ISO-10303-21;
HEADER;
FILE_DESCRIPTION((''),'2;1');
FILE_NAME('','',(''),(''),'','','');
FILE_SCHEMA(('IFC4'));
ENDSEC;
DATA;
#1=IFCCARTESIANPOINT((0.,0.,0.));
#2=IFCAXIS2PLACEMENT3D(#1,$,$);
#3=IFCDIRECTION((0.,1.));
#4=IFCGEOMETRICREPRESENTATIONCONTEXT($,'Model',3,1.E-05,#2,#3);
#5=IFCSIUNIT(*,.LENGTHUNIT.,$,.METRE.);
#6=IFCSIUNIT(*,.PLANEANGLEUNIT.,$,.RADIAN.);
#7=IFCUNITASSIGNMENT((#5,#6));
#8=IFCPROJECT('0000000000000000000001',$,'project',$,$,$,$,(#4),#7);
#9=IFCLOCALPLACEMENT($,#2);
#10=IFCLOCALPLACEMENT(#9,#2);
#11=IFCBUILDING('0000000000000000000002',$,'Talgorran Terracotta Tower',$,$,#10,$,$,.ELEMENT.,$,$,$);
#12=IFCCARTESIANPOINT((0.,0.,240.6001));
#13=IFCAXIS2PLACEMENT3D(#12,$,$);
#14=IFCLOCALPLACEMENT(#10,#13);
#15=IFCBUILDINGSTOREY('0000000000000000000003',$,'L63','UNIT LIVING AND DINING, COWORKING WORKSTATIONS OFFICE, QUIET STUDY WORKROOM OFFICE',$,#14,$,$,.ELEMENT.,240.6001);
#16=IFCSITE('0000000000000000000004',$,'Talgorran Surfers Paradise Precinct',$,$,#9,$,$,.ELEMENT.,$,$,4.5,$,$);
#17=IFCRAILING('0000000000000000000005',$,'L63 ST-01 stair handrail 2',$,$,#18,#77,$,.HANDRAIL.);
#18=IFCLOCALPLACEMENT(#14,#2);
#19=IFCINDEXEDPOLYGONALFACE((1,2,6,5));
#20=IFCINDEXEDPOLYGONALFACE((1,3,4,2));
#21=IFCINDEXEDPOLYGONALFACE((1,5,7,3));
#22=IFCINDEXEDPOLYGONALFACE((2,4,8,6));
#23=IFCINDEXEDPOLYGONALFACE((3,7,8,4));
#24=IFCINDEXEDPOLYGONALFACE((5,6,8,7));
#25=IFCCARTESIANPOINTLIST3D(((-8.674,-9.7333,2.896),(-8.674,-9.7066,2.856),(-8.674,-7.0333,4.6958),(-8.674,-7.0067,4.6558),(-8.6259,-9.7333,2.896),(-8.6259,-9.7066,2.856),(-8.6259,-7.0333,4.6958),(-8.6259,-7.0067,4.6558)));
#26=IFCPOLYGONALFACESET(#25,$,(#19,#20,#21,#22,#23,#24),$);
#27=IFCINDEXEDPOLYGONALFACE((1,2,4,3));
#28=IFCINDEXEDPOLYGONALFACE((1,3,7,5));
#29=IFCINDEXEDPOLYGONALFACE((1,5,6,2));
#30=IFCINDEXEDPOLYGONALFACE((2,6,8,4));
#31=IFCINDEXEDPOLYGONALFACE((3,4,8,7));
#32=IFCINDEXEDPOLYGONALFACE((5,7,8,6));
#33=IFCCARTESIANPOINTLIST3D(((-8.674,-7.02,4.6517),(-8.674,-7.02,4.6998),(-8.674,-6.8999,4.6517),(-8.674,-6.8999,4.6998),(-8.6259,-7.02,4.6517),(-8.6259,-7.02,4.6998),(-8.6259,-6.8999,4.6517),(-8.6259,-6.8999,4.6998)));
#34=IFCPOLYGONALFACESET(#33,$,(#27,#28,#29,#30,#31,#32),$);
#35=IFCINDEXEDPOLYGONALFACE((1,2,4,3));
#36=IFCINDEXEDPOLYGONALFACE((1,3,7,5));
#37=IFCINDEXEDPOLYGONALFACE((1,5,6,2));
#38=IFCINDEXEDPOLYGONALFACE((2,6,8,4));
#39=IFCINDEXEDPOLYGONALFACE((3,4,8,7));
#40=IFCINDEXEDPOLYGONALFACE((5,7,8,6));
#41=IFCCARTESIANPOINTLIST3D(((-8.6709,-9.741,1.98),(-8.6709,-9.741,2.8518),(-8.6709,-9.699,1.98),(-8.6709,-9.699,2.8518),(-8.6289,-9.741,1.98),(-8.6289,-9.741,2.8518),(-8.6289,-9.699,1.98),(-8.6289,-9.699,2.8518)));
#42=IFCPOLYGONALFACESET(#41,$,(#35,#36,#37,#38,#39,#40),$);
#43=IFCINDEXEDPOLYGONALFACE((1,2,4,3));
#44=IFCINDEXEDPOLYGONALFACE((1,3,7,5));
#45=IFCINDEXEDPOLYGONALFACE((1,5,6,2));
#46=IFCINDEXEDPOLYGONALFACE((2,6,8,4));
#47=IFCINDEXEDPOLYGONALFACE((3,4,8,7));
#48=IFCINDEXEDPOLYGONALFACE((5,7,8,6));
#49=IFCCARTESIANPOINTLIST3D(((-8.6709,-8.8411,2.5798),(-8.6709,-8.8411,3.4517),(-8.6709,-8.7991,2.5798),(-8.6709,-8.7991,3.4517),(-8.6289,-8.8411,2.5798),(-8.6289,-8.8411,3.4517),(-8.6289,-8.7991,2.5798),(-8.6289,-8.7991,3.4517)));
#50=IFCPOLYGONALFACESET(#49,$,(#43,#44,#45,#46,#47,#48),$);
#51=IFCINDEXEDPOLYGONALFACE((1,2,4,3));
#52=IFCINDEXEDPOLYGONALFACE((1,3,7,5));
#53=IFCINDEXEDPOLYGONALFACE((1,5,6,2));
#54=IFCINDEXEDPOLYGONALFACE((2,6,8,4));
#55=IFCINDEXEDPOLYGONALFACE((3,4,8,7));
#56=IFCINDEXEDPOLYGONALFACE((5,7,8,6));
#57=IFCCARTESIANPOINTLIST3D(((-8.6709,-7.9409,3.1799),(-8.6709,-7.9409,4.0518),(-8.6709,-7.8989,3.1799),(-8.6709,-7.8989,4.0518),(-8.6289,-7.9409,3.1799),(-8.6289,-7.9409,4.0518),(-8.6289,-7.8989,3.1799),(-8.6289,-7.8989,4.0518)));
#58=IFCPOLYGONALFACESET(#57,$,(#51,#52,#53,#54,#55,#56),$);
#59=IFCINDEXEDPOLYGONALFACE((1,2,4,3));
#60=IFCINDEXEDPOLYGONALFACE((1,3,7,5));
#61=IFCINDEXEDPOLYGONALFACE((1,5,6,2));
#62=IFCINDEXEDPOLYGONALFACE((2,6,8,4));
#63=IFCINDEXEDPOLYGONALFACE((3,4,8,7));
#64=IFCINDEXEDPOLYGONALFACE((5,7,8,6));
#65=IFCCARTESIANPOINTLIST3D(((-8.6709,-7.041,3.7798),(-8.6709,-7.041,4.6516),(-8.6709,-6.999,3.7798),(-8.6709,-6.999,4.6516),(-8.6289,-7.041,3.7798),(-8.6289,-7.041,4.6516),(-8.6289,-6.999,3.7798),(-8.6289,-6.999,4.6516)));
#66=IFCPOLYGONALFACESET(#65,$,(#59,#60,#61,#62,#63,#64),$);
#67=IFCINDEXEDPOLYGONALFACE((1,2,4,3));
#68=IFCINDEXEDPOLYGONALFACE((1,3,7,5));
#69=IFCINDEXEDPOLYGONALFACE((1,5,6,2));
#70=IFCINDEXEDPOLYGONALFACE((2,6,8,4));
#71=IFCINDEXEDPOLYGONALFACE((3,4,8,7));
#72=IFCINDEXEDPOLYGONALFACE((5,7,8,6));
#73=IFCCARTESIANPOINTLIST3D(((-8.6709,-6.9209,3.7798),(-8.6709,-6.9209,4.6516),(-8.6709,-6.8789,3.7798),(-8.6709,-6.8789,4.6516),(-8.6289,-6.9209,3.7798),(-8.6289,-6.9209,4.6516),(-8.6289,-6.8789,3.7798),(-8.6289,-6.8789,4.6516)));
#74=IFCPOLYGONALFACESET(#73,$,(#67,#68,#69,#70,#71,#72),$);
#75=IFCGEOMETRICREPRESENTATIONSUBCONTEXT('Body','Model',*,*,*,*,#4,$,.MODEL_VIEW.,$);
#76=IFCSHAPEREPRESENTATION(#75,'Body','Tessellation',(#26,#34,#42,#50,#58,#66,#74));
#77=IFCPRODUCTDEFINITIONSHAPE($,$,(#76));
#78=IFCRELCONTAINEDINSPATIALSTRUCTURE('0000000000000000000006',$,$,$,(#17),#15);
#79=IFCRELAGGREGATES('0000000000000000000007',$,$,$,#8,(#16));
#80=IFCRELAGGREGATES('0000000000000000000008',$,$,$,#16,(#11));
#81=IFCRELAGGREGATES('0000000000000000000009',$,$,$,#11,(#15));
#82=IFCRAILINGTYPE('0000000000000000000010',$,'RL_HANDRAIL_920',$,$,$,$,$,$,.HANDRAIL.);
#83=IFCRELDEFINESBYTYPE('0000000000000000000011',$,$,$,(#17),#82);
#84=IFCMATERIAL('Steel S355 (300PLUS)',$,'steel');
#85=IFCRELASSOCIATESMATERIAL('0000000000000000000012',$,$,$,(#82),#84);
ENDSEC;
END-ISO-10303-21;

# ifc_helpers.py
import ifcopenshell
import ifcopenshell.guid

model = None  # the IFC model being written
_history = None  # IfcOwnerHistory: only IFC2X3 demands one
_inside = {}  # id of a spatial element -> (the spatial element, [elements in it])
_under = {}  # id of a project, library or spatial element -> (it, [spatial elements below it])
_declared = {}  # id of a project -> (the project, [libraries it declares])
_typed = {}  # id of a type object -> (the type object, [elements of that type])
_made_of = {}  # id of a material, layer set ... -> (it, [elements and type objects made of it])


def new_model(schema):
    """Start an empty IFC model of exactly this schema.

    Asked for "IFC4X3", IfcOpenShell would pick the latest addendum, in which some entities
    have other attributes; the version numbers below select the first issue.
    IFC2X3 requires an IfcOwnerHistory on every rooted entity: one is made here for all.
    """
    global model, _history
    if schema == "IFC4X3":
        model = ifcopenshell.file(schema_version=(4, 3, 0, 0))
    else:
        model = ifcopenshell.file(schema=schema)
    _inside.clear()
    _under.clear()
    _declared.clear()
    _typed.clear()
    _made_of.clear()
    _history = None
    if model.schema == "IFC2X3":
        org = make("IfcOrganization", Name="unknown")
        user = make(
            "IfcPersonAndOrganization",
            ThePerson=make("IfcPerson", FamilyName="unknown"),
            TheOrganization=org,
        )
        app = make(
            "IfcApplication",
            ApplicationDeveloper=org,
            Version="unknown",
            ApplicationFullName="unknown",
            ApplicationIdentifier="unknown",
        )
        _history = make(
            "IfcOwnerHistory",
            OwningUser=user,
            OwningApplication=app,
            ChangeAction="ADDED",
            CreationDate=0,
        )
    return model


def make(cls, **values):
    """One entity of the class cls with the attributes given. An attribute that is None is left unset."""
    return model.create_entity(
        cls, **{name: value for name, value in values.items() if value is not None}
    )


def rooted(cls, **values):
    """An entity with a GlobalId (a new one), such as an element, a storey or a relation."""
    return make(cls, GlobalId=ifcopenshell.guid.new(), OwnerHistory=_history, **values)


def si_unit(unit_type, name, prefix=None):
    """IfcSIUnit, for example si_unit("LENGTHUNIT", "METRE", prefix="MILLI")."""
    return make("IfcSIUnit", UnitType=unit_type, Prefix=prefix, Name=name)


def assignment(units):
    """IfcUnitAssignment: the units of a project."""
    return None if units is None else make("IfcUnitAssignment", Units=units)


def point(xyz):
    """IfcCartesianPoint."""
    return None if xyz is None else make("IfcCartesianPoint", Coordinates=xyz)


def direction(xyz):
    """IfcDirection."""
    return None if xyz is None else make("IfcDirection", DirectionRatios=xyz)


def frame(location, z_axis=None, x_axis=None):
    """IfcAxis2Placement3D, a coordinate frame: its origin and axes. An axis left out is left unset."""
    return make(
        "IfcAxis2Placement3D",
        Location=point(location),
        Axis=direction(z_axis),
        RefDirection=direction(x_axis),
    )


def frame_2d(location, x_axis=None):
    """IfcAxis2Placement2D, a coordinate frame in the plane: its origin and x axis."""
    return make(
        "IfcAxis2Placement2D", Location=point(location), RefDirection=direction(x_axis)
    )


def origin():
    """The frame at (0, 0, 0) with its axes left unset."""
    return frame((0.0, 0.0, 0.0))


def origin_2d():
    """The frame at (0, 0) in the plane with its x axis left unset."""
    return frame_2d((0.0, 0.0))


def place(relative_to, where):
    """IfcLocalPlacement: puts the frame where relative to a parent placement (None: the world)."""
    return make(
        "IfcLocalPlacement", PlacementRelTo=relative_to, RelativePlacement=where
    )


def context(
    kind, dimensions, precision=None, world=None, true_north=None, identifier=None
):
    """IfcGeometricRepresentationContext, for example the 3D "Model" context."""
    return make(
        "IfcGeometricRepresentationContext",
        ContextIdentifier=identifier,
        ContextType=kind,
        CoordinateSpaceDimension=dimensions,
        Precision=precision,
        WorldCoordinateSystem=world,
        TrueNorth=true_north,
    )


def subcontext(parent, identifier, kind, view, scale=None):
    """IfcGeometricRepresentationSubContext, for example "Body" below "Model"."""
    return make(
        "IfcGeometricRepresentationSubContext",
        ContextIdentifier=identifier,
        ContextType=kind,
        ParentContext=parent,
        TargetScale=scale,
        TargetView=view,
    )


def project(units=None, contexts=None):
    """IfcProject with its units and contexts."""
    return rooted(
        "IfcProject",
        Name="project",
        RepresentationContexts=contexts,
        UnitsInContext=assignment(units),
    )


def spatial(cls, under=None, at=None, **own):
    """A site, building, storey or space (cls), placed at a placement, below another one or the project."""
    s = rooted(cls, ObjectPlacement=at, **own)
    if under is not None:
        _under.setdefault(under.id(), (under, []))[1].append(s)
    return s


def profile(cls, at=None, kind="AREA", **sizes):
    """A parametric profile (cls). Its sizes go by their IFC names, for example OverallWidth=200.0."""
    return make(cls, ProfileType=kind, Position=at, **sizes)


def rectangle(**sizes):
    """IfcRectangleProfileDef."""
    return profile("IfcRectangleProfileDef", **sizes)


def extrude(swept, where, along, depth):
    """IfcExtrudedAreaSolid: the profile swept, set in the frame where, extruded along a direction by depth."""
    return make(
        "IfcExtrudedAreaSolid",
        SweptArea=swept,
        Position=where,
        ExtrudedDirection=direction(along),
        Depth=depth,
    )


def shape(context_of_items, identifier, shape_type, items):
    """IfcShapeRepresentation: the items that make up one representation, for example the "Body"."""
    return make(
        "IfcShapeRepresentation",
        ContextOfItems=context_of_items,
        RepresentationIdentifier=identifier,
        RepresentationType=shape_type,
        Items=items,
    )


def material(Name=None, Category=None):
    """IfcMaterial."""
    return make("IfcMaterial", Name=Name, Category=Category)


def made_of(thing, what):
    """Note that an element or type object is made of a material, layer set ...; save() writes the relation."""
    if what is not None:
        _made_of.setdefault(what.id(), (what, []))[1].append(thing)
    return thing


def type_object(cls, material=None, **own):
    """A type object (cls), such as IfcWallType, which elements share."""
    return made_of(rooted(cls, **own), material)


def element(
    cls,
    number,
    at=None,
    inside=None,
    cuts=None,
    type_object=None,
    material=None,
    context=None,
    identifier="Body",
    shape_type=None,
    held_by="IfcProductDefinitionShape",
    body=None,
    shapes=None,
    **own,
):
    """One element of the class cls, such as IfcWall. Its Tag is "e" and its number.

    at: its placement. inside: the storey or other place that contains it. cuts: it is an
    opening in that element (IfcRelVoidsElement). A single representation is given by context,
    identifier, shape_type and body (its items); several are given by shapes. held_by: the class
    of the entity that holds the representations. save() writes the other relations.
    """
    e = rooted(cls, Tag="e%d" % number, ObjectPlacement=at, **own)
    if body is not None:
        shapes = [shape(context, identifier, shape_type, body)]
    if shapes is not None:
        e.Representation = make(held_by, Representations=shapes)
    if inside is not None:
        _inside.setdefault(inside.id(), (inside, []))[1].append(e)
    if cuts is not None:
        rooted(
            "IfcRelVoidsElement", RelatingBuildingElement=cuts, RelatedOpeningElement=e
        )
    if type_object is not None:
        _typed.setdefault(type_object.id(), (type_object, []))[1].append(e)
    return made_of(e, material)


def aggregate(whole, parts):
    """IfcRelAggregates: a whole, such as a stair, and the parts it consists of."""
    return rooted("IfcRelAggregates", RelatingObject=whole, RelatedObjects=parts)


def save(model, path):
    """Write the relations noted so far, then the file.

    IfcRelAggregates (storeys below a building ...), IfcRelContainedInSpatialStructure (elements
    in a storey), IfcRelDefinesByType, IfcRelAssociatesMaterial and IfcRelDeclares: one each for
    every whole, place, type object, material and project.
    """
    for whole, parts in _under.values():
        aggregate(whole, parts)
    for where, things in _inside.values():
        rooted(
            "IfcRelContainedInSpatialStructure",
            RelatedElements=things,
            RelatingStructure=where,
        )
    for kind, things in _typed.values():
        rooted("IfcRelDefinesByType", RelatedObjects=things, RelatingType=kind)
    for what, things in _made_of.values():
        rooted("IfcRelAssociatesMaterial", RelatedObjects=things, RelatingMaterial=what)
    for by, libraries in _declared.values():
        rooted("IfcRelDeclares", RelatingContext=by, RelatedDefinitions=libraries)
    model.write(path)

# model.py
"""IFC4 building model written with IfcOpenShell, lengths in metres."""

from ifc_helpers import new_model, si_unit, direction, frame, origin, origin_2d, place, context, subcontext, project, spatial, rectangle, extrude, material, type_object, element, save


model = new_model("IFC4")

# Units and contexts
model_context = context("Model", 3, precision=1e-05, world=origin(), true_north=direction((0.0, 1.0)))
body_context = subcontext(model_context, "Body", "Model", "MODEL_VIEW")
ifc_project = project(units=[si_unit("LENGTHUNIT", "METRE"), si_unit("PLANEANGLEUNIT", "RADIAN")], contexts=[model_context])

# Site, building, storey
site_placement = place(None, origin())
site = spatial("IfcSite", under=ifc_project, at=site_placement, Name="Talgorran Surfers Paradise Precinct", CompositionType="ELEMENT", RefElevation=4.5)
building_placement = place(site_placement, origin())
building = spatial("IfcBuilding", under=site, at=building_placement, Name="Talgorran Terracotta Tower", CompositionType="ELEMENT")
storey_placement = place(building_placement, frame((0.0, 0.0, 240.6001)))
storey = spatial("IfcBuildingStorey", under=building, at=storey_placement, Name="L63", Description="UNIT LIVING AND DINING, COWORKING WORKSTATIONS OFFICE, QUIET STUDY WORKROOM OFFICE", CompositionType="ELEMENT", Elevation=240.6001)

# Shared definitions
ifc_material_1 = material(Name="Steel S355 (300PLUS)", Category="steel")

# Railing
railing_type = type_object("IfcRailingType", Name="RL_HANDRAIL_920", PredefinedType="HANDRAIL", material=ifc_material_1)
railing_placement = place(storey_placement, frame((-8.6499, -9.72, 1.98)))
element("IfcRailing", 1, at=railing_placement, inside=storey, type_object=railing_type, Name="L63 ST-01 stair handrail 2", PredefinedType="HANDRAIL", context=body_context, shape_type="SweptSolid", body=[
    extrude(rectangle(XDim=0.0481, YDim=0.0481, at=origin_2d()), frame((0.0, 0.0, 0.896), z_axis=(0.0, 0.832073, 0.554665), x_axis=(-1.0, 0.0, 0.0)), (0.0, 0.0, 1.0), 3.2449),
    extrude(rectangle(XDim=0.0481, YDim=0.0481, at=origin_2d()), frame((0.0, 2.7, 2.6958), z_axis=(0.0, 1.0, 0.0), x_axis=(-1.0, 0.0, 0.0)), (0.0, 0.0, 1.0), 0.1201),
    extrude(rectangle(XDim=0.042, YDim=0.042, at=origin_2d()), origin(), (0.0, 0.0, 1.0), 0.8718),
    extrude(rectangle(XDim=0.042, YDim=0.042, at=origin_2d()), frame((0.0, 0.8999, 0.5999)), (0.0, 0.0, 1.0), 0.8718),
    extrude(rectangle(XDim=0.042, YDim=0.042, at=origin_2d()), frame((0.0, 1.8, 1.2)), (0.0, 0.0, 1.0), 0.8718),
    extrude(rectangle(XDim=0.042, YDim=0.042, at=origin_2d()), frame((0.0, 2.7, 1.7998)), (0.0, 0.0, 1.0), 0.8718),
    extrude(rectangle(XDim=0.042, YDim=0.042, at=origin_2d()), frame((0.0, 2.8201, 1.7998)), (0.0, 0.0, 1.0), 0.8718),
])

save(model, "model.ifc")
